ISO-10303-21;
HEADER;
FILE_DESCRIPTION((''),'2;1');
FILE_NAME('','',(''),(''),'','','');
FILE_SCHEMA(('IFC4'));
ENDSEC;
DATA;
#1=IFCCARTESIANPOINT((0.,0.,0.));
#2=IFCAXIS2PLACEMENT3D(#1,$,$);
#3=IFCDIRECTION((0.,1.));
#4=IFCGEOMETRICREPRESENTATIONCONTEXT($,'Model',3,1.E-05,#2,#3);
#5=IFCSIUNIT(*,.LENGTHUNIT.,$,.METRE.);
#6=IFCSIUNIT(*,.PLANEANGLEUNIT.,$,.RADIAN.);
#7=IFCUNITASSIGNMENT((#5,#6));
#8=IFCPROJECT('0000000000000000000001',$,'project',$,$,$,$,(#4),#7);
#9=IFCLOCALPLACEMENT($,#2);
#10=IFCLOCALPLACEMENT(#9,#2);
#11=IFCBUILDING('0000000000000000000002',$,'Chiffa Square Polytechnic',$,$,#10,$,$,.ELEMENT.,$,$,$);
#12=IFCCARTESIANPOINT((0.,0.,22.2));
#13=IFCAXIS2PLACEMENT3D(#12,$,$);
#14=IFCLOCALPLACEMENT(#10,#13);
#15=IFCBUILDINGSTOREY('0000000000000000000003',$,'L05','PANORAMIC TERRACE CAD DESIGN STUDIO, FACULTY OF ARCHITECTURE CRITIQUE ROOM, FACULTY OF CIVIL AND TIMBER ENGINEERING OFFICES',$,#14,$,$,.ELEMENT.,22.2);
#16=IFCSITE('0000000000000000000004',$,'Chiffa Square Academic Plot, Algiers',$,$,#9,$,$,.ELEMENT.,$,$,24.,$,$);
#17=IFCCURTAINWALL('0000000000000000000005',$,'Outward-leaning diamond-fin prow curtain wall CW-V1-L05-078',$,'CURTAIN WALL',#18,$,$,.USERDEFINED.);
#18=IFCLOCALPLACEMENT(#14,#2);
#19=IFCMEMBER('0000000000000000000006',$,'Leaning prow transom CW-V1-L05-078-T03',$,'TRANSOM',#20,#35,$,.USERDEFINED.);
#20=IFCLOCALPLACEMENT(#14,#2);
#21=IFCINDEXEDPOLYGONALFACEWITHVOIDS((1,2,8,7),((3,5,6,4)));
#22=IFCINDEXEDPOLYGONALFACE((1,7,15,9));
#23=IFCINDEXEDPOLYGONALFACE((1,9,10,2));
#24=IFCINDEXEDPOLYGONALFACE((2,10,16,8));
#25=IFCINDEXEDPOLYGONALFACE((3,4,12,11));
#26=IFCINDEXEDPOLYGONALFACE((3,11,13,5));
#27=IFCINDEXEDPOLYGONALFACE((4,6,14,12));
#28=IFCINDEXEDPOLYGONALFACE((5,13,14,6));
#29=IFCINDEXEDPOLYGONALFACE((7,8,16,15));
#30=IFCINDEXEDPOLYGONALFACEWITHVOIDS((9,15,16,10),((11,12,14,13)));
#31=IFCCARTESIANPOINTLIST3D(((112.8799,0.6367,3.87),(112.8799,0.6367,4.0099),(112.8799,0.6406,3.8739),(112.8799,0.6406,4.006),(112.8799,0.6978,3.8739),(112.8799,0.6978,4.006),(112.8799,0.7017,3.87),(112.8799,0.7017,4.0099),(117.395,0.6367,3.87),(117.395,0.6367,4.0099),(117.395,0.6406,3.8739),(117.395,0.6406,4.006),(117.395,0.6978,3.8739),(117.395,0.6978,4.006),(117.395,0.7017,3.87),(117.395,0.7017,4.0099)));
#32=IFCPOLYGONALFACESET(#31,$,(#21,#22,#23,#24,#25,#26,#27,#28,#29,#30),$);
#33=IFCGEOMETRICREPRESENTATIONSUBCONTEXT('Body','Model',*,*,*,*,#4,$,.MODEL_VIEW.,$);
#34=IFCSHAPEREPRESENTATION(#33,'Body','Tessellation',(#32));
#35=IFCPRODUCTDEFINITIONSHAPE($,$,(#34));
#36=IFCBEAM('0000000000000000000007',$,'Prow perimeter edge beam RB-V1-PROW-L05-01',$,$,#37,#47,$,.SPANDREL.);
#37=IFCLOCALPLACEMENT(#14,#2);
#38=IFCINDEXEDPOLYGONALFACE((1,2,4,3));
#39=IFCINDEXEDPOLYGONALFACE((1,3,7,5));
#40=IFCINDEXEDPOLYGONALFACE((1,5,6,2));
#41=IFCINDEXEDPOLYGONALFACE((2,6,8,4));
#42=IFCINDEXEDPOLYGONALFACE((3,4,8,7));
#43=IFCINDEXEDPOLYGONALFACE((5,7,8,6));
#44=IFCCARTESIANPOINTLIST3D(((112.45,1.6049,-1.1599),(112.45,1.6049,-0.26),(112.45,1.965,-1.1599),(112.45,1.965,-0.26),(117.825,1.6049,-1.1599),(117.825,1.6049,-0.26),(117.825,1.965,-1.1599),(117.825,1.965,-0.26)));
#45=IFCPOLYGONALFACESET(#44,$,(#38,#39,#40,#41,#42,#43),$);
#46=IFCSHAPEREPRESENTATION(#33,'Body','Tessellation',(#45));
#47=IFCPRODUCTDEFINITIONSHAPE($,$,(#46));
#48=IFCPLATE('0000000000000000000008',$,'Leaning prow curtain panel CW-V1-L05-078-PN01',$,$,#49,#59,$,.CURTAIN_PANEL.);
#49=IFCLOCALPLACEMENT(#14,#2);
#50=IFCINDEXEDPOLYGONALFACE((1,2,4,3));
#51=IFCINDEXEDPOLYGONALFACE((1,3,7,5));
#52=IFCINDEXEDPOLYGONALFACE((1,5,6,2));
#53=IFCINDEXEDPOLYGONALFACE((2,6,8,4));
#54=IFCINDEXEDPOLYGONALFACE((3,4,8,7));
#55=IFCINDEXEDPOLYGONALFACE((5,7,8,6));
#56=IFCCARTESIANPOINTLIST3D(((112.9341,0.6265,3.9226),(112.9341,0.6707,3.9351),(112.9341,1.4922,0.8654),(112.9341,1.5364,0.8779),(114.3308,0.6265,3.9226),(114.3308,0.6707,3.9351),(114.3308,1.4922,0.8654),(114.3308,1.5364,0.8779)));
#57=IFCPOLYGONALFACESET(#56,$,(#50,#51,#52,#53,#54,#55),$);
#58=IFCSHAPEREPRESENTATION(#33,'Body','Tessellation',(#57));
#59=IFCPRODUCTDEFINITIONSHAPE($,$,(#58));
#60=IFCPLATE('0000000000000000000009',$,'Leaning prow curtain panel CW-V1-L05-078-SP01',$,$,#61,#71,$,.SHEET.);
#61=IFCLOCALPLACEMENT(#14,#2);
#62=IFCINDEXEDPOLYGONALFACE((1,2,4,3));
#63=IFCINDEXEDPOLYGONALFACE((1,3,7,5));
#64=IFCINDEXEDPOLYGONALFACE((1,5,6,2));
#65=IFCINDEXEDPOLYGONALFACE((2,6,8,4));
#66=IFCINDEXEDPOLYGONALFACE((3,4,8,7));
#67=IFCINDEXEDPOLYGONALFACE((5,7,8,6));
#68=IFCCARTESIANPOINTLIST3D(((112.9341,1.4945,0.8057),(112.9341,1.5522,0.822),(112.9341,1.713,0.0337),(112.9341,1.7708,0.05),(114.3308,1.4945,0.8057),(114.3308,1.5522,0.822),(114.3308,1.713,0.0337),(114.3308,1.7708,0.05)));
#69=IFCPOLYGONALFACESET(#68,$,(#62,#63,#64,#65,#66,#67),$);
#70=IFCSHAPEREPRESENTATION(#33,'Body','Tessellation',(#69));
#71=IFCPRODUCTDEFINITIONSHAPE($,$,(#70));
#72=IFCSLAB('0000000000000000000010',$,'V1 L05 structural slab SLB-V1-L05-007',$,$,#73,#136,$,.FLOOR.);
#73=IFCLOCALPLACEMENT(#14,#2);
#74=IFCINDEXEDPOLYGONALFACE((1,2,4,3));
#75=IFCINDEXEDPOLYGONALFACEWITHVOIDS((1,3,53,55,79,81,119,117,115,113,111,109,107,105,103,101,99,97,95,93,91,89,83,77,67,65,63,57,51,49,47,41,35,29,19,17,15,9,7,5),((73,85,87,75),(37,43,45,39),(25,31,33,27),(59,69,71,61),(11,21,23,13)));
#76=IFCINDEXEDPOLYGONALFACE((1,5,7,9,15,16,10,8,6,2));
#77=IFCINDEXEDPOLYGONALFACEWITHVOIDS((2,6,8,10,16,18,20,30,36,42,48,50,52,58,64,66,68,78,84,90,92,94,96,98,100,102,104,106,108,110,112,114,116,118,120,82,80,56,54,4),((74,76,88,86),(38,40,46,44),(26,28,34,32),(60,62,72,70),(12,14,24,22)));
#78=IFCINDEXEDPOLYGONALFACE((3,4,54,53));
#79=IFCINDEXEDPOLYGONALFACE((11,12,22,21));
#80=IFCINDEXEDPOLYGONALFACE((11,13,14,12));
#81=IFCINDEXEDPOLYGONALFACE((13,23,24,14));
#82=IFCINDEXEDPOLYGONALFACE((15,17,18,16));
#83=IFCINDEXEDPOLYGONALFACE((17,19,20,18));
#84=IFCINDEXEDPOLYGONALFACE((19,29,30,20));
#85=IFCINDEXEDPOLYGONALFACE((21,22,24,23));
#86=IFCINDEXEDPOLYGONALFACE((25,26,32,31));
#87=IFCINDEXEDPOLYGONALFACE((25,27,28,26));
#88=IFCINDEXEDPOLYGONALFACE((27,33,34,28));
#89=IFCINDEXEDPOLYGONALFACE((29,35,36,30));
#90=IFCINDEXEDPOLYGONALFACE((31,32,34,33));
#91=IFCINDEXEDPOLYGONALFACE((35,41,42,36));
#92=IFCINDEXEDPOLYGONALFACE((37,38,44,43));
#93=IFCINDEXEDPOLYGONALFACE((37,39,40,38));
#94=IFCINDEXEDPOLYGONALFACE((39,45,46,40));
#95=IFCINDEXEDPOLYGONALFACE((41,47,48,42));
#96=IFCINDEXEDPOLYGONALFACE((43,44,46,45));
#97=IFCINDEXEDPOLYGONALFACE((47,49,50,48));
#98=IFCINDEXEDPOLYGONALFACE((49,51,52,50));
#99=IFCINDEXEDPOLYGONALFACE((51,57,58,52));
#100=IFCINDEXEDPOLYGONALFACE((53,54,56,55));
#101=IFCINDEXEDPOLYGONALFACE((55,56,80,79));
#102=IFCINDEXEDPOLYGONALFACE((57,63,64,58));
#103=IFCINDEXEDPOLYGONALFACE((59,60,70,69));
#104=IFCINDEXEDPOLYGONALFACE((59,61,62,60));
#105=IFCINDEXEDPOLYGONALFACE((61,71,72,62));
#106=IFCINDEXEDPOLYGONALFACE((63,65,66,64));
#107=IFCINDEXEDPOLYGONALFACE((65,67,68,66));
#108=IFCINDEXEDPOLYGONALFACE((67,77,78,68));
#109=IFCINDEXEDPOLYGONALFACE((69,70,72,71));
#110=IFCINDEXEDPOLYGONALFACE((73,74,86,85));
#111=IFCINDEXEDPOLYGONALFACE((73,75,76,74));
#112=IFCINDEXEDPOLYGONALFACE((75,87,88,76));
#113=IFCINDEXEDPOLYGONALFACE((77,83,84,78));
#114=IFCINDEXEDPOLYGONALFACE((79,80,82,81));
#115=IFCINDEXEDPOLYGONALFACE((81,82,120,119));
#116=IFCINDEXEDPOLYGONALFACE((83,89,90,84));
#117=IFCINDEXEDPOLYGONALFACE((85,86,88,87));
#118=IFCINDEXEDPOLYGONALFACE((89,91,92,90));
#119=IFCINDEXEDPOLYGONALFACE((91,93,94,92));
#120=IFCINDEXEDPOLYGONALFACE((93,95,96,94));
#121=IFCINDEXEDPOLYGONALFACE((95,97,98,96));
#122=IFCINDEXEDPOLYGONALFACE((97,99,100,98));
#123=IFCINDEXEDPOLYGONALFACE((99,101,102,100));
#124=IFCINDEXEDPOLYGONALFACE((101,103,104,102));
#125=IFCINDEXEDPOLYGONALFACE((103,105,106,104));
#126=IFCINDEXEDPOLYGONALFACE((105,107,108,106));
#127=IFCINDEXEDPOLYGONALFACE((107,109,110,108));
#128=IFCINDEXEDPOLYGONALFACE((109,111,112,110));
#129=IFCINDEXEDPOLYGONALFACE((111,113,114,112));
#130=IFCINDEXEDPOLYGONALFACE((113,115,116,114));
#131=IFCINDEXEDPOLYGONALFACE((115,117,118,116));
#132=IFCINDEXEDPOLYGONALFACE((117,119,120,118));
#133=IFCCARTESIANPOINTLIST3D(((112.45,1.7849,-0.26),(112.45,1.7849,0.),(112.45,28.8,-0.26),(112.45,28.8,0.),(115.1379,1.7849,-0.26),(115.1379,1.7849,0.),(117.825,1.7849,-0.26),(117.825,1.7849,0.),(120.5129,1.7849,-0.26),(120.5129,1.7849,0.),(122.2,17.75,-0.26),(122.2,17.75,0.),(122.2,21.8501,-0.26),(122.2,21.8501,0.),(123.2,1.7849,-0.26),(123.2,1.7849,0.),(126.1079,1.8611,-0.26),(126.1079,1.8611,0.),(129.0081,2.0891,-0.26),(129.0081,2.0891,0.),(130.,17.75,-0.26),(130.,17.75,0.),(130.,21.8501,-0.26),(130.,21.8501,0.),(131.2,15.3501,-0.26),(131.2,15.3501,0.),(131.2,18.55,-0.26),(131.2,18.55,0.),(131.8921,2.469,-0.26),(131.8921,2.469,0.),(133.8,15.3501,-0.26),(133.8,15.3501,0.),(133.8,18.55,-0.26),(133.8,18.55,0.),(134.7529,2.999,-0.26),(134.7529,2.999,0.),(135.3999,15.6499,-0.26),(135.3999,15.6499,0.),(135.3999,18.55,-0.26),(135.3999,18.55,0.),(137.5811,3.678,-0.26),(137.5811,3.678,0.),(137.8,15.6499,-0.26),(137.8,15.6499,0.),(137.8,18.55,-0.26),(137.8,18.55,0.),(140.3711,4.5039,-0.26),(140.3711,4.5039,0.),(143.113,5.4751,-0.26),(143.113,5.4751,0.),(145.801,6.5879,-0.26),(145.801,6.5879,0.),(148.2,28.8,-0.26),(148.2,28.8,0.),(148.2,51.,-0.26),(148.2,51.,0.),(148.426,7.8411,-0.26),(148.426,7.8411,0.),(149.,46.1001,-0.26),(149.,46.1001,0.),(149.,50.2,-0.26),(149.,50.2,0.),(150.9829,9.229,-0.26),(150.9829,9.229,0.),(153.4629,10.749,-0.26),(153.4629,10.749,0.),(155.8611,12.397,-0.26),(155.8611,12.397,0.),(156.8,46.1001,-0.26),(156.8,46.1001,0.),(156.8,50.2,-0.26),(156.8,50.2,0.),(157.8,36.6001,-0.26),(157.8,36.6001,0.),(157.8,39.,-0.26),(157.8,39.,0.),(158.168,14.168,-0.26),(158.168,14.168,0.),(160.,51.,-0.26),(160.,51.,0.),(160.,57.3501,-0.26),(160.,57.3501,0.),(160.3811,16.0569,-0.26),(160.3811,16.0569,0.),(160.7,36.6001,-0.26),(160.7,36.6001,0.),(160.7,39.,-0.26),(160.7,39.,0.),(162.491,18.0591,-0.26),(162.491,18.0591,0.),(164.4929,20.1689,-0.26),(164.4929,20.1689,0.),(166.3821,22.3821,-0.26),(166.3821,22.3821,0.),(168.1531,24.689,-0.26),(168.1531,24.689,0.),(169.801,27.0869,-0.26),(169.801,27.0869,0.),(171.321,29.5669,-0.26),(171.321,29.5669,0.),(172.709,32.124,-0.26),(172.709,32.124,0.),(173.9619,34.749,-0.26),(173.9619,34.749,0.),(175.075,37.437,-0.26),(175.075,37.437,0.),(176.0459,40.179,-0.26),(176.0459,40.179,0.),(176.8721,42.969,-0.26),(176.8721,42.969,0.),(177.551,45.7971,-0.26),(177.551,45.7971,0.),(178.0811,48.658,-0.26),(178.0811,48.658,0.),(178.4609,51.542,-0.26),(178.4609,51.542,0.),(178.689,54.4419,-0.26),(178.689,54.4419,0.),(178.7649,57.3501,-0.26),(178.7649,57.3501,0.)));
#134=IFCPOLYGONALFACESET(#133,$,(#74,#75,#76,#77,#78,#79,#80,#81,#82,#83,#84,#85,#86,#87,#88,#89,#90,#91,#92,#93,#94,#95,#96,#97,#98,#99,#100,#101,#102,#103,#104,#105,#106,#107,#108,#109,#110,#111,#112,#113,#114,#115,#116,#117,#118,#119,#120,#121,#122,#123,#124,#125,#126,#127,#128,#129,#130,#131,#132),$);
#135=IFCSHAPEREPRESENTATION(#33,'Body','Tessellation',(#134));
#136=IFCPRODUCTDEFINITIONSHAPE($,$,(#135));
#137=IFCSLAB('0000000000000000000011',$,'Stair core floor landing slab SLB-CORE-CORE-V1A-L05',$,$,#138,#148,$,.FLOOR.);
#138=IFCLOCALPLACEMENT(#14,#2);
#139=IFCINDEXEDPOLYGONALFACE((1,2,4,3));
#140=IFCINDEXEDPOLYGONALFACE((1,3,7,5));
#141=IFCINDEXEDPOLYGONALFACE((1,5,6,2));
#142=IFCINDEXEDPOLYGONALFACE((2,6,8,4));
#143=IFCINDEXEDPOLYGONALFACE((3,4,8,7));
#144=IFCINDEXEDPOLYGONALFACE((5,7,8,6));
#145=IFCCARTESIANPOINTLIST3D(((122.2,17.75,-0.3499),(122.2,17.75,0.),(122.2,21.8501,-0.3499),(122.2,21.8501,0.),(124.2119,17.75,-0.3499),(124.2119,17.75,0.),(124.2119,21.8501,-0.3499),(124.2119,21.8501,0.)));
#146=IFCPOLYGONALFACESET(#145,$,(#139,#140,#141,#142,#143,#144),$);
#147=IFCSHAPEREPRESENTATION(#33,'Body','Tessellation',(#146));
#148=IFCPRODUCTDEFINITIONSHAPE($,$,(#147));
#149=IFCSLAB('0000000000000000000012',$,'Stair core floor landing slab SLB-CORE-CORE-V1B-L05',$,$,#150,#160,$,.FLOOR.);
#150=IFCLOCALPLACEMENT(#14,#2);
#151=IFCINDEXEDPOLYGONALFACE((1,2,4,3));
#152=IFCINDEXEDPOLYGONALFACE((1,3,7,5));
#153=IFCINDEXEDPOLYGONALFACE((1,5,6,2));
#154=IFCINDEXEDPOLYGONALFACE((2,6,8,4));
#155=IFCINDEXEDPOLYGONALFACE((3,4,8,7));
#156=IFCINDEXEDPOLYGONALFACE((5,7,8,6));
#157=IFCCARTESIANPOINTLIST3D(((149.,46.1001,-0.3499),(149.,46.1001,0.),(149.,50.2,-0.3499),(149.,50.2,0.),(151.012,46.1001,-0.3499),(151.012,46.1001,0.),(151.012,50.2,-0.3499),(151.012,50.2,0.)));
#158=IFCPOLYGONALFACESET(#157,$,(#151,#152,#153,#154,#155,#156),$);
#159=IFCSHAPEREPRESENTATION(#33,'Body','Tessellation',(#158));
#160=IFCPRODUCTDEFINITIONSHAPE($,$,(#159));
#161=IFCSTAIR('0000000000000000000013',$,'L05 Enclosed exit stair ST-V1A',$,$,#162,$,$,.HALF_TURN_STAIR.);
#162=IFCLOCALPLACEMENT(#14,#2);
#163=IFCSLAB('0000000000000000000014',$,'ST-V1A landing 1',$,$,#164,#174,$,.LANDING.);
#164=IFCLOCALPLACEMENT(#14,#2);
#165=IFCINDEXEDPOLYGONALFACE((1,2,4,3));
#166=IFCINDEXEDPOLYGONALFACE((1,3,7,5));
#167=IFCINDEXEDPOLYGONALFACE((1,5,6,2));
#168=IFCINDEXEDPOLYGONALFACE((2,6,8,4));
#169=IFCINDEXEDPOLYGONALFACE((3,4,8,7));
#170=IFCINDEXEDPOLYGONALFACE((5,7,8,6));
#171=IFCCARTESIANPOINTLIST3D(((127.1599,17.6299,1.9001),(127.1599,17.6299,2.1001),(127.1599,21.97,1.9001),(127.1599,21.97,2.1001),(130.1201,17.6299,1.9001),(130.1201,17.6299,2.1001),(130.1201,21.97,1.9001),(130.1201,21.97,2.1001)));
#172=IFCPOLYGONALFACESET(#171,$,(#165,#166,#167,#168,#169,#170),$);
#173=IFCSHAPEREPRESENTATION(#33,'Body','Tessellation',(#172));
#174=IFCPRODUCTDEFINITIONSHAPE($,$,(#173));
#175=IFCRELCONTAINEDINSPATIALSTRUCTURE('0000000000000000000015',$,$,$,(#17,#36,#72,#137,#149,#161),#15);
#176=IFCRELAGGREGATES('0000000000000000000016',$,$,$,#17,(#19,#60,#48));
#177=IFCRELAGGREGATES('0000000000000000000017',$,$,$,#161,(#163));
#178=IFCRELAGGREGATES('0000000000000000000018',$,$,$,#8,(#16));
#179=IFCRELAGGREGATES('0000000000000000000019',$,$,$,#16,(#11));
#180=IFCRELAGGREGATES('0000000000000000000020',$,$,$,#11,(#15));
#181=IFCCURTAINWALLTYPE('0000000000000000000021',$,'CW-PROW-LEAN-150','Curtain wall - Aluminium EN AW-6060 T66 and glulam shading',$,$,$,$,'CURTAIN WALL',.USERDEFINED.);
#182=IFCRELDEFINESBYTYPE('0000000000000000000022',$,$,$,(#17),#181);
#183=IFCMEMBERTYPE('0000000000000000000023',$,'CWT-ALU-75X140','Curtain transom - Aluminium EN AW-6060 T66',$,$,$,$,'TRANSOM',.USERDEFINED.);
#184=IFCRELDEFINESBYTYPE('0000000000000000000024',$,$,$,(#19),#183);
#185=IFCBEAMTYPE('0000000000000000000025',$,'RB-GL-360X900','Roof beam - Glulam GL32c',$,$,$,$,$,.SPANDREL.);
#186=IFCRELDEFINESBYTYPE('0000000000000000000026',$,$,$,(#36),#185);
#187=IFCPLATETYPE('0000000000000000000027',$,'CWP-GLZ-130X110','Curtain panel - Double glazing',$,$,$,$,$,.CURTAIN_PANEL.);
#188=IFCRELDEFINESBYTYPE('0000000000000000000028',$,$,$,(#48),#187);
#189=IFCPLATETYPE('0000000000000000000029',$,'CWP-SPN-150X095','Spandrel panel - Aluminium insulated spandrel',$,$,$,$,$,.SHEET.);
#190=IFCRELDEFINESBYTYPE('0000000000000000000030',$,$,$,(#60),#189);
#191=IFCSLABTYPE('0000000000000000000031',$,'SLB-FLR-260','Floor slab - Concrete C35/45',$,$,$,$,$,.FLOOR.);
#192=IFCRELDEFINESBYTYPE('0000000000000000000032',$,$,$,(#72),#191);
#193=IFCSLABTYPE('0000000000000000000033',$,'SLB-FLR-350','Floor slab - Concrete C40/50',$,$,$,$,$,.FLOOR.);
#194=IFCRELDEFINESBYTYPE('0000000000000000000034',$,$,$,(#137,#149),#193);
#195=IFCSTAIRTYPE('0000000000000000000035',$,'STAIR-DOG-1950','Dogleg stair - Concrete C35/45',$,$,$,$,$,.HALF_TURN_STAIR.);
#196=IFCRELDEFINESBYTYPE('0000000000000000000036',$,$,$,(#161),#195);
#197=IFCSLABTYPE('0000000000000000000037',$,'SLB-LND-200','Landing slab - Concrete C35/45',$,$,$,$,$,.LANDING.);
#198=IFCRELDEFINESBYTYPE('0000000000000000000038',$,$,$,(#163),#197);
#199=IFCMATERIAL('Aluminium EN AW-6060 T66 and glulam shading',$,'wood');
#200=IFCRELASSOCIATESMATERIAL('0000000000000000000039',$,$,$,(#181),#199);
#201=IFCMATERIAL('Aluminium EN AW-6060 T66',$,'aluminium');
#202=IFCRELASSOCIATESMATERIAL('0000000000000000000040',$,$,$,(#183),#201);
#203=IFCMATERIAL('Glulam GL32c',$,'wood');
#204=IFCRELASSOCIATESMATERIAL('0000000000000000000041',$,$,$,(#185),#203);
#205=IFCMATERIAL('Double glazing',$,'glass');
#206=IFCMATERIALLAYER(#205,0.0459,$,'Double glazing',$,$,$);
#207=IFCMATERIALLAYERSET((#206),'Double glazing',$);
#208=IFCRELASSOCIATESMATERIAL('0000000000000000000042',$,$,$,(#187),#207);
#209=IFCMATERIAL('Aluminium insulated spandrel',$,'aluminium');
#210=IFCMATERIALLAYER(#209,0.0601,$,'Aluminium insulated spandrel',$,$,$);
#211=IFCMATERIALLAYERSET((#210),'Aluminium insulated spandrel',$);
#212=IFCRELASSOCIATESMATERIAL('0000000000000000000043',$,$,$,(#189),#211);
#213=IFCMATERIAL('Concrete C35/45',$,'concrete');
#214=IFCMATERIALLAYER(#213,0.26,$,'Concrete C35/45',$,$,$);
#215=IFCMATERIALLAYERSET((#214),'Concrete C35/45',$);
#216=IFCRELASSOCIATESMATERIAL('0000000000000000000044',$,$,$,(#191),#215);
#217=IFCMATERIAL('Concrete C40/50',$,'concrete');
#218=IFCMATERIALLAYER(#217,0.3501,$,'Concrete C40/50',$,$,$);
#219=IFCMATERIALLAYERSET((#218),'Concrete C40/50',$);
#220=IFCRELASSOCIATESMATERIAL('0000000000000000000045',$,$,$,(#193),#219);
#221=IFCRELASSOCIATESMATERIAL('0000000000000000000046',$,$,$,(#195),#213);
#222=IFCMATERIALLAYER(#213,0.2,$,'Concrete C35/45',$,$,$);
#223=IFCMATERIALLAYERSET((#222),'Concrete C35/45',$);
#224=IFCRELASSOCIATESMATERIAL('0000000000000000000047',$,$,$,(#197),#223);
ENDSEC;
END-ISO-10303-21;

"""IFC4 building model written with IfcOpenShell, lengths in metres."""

from ifc_helpers import new_model, si_unit, direction, frame, origin, origin_2d, place, context, subcontext, project, spatial, polyline, rectangle, hollow_rectangle, outline, extrude, material, layer, layer_set, material_profile, profile_set, type_object, element, aggregate, save


model = new_model("IFC4")

# Units and contexts
model_context = context("Model", 3, precision=1e-05, world=origin(), true_north=direction((0.0, 1.0)))
body_context = subcontext(model_context, "Body", "Model", "MODEL_VIEW")
ifc_project = project(units=[si_unit("LENGTHUNIT", "METRE"), si_unit("PLANEANGLEUNIT", "RADIAN")], contexts=[model_context])

# Site, building, storey
site_placement = place(None, origin())
site = spatial("IfcSite", under=ifc_project, at=site_placement, Name="Chiffa Square Academic Plot, Algiers", CompositionType="ELEMENT", RefElevation=24.0)
building_placement = place(site_placement, origin())
building = spatial("IfcBuilding", under=site, at=building_placement, Name="Chiffa Square Polytechnic", CompositionType="ELEMENT")
storey_placement = place(building_placement, frame((0.0, 0.0, 22.2)))
storey = spatial("IfcBuildingStorey", under=building, at=storey_placement, Name="L05", Description="PANORAMIC TERRACE CAD DESIGN STUDIO, FACULTY OF ARCHITECTURE CRITIQUE ROOM, FACULTY OF CIVIL AND TIMBER ENGINEERING OFFICES", CompositionType="ELEMENT", Elevation=22.2)

# Shared definitions
ifc_material_1 = material(Name="Glulam GL32c", Category="wood")

# Curtain wall, member
ifc_material_2 = material(Name="Aluminium EN AW-6060 T66 and glulam shading", Category="wood")
curtain_wall_type = type_object("IfcCurtainWallType", Name="CW-PROW-LEAN-150", Description="Curtain wall - Aluminium EN AW-6060 T66 and glulam shading", ElementType="CURTAIN WALL", PredefinedType="USERDEFINED", material=ifc_material_2)
curtain_wall_placement = place(storey_placement, origin())
curtain_wall = element("IfcCurtainWall", 1, at=curtain_wall_placement, inside=storey, type_object=curtain_wall_type, Name="Outward-leaning diamond-fin prow curtain wall CW-V1-L05-078", ObjectType="CURTAIN WALL", PredefinedType="USERDEFINED")
ifc_material_3 = material(Name="Aluminium EN AW-6060 T66", Category="aluminium")
ifc_material_profile_1 = material_profile(ifc_material_3, hollow_rectangle(XDim=0.0649, YDim=0.1399, WallThickness=0.0039, at=origin_2d()), Name="ALU 65x140x4")
ifc_profile_set_1 = profile_set([ifc_material_profile_1], Name="Aluminium EN AW-6060 T66")
member_type_1 = type_object("IfcMemberType", Name="CWT-ALU-75X140", Description="Curtain transom - Aluminium EN AW-6060 T66", ElementType="TRANSOM", PredefinedType="USERDEFINED", material=ifc_profile_set_1)
member_1_placement = place(storey_placement, frame((112.8799, 0.6692, 3.9399), z_axis=(1.0, 0.0, 0.0), x_axis=(0.0, 1.0, 0.0)))
member_1 = element("IfcMember", 2, at=member_1_placement, type_object=member_type_1, Name="Leaning prow transom CW-V1-L05-078-T03", ObjectType="TRANSOM", PredefinedType="USERDEFINED", context=body_context, shape_type="SweptSolid", body=[
    extrude(hollow_rectangle(XDim=0.0649, YDim=0.1399, WallThickness=0.0039, at=origin_2d()), origin(), (0.0, 0.0, 1.0), 4.5151),
])

# Beam
ifc_material_profile_2 = material_profile(ifc_material_1, rectangle(XDim=0.3601, YDim=0.8999, at=origin_2d()), Name="GL32c 360x900")
ifc_profile_set_2 = profile_set([ifc_material_profile_2], Name="Glulam GL32c")
beam_type_1 = type_object("IfcBeamType", Name="RB-GL-360X900", Description="Roof beam - Glulam GL32c", PredefinedType="SPANDREL", material=ifc_profile_set_2)
beam_1_placement = place(storey_placement, frame((112.45, 1.7849, -0.71), z_axis=(1.0, 0.0, 0.0), x_axis=(0.0, 1.0, 0.0)))
element("IfcBeam", 3, at=beam_1_placement, inside=storey, type_object=beam_type_1, Name="Prow perimeter edge beam RB-V1-PROW-L05-01", PredefinedType="SPANDREL", context=body_context, shape_type="SweptSolid", body=[
    extrude(rectangle(XDim=0.3601, YDim=0.8999, at=origin_2d()), origin(), (0.0, 0.0, 1.0), 5.375),
])

# Plates
ifc_material_4 = material(Name="Double glazing", Category="glass")
ifc_layer_1 = layer(ifc_material_4, 0.0459, Name="Double glazing")
ifc_layer_set_1 = layer_set([ifc_layer_1], Name="Double glazing")
plate_type_1 = type_object("IfcPlateType", Name="CWP-GLZ-130X110", Description="Curtain panel - Double glazing", PredefinedType="CURTAIN_PANEL", material=ifc_layer_set_1)
plate_1_placement = place(storey_placement, frame((112.9341, 1.5364, 0.8779), z_axis=(0.0, 0.962165, 0.272467), x_axis=(1.0, 0.0, 0.0)))
plate_1 = element("IfcPlate", 4, at=plate_1_placement, type_object=plate_type_1, Name="Leaning prow curtain panel CW-V1-L05-078-PN01", PredefinedType="CURTAIN_PANEL", context=body_context, shape_type="SweptSolid", body=[
    extrude(outline(polyline([(0.0, 0.0), (1.3967, 0.0), (1.3967, -3.1773), (0.0, -3.1773), (0.0, 0.0)])), origin(), (0.0, 0.0, -1.0), 0.0459),
])
ifc_material_5 = material(Name="Aluminium insulated spandrel", Category="aluminium")
ifc_layer_2 = layer(ifc_material_5, 0.0601, Name="Aluminium insulated spandrel")
ifc_layer_set_2 = layer_set([ifc_layer_2], Name="Aluminium insulated spandrel")
plate_type_2 = type_object("IfcPlateType", Name="CWP-SPN-150X095", Description="Spandrel panel - Aluminium insulated spandrel", PredefinedType="SHEET", material=ifc_layer_set_2)
plate_2_placement = place(storey_placement, frame((112.9341, 1.7708, 0.05), z_axis=(0.0, 0.962199, 0.272349), x_axis=(1.0, 0.0, 0.0)))
plate_2 = element("IfcPlate", 5, at=plate_2_placement, type_object=plate_type_2, Name="Leaning prow curtain panel CW-V1-L05-078-SP01", PredefinedType="SHEET", context=body_context, shape_type="SweptSolid", body=[
    extrude(outline(polyline([(0.0, 0.0), (1.3967, 0.0), (1.3967, -0.8023), (0.0, -0.8023), (0.0, 0.0)])), origin(), (0.0, 0.0, -1.0), 0.0601),
])
aggregate(curtain_wall, [member_1, plate_2, plate_1])

# Slabs
ifc_material_6 = material(Name="Concrete C35/45", Category="concrete")
ifc_layer_3 = layer(ifc_material_6, 0.26, Name="Concrete C35/45")
ifc_layer_set_3 = layer_set([ifc_layer_3], Name="Concrete C35/45")
slab_type_1 = type_object("IfcSlabType", Name="SLB-FLR-260", Description="Floor slab - Concrete C35/45", PredefinedType="FLOOR", material=ifc_layer_set_3)
slab_1_placement = place(storey_placement, frame((0.0, 0.0, -0.26)))
element("IfcSlab", 6, at=slab_1_placement, inside=storey, type_object=slab_type_1, Name="V1 L05 structural slab SLB-V1-L05-007", PredefinedType="FLOOR", context=body_context, shape_type="SweptSolid", body=[
    extrude(outline(polyline([(112.45, 28.8), (148.2, 28.8), (148.2, 51.0), (160.0, 51.0), (160.0, 57.3501), (178.7649, 57.3501), (178.689, 54.4419), (178.4609, 51.542), (178.0811, 48.658), (177.551, 45.7971), (176.8721, 42.969), (176.0459, 40.179), (175.075, 37.437), (173.9619, 34.749), (172.709, 32.124), (171.321, 29.5669), (169.801, 27.0869), (168.1531, 24.689), (166.3821, 22.3821), (164.4929, 20.1689), (162.491, 18.0591), (160.3811, 16.0569), (158.168, 14.168), (155.8611, 12.397), (153.4629, 10.749), (150.9829, 9.229), (148.426, 7.8411), (145.801, 6.5879), (143.113, 5.4751), (140.3711, 4.5039), (137.5811, 3.678), (134.7529, 2.999), (131.8921, 2.469), (129.0081, 2.0891), (126.1079, 1.8611), (123.2, 1.7849), (120.5129, 1.7849), (117.825, 1.7849), (115.1379, 1.7849), (112.45, 1.7849), (112.45, 28.8)]), holes=[polyline([(122.2, 21.8501), (130.0, 21.8501), (130.0, 17.75), (122.2, 17.75), (122.2, 21.8501)]), polyline([(149.0, 50.2), (156.8, 50.2), (156.8, 46.1001), (149.0, 46.1001), (149.0, 50.2)]), polyline([(131.2, 18.55), (133.8, 18.55), (133.8, 15.3501), (131.2, 15.3501), (131.2, 18.55)]), polyline([(135.3999, 18.55), (137.8, 18.55), (137.8, 15.6499), (135.3999, 15.6499), (135.3999, 18.55)]), polyline([(157.8, 39.0), (160.7, 39.0), (160.7, 36.6001), (157.8, 36.6001), (157.8, 39.0)])]), origin(), (0.0, 0.0, 1.0), 0.26),
])
ifc_material_7 = material(Name="Concrete C40/50", Category="concrete")
ifc_layer_4 = layer(ifc_material_7, 0.3501, Name="Concrete C40/50")
ifc_layer_set_4 = layer_set([ifc_layer_4], Name="Concrete C40/50")
slab_type_2 = type_object("IfcSlabType", Name="SLB-FLR-350", Description="Floor slab - Concrete C40/50", PredefinedType="FLOOR", material=ifc_layer_set_4)
slab_2_placement = place(storey_placement, frame((0.0, 0.0, -0.3499)))
element("IfcSlab", 7, at=slab_2_placement, inside=storey, type_object=slab_type_2, Name="Stair core floor landing slab SLB-CORE-CORE-V1A-L05", PredefinedType="FLOOR", context=body_context, shape_type="SweptSolid", body=[
    extrude(outline(polyline([(122.2, 17.75), (124.2119, 17.75), (124.2119, 21.8501), (122.2, 21.8501), (122.2, 17.75)])), origin(), (0.0, 0.0, 1.0), 0.3499),
])
slab_3_placement = place(storey_placement, frame((0.0, 0.0, -0.3499)))
element("IfcSlab", 8, at=slab_3_placement, inside=storey, type_object=slab_type_2, Name="Stair core floor landing slab SLB-CORE-CORE-V1B-L05", PredefinedType="FLOOR", context=body_context, shape_type="SweptSolid", body=[
    extrude(outline(polyline([(149.0, 46.1001), (151.012, 46.1001), (151.012, 50.2), (149.0, 50.2), (149.0, 46.1001)])), origin(), (0.0, 0.0, 1.0), 0.3499),
])

# Stair, slab
stair_type = type_object("IfcStairType", Name="STAIR-DOG-1950", Description="Dogleg stair - Concrete C35/45", PredefinedType="HALF_TURN_STAIR", material=ifc_material_6)
stair_1_placement = place(storey_placement, origin())
stair_1 = element("IfcStair", 9, at=stair_1_placement, inside=storey, type_object=stair_type, Name="L05 Enclosed exit stair ST-V1A", PredefinedType="HALF_TURN_STAIR")
ifc_layer_5 = layer(ifc_material_6, 0.2, Name="Concrete C35/45")
ifc_layer_set_5 = layer_set([ifc_layer_5], Name="Concrete C35/45")
slab_type_3 = type_object("IfcSlabType", Name="SLB-LND-200", Description="Landing slab - Concrete C35/45", PredefinedType="LANDING", material=ifc_layer_set_5)
slab_4_placement = place(storey_placement, frame((0.0, 0.0, 1.9001)))
slab_4 = element("IfcSlab", 10, at=slab_4_placement, type_object=slab_type_3, Name="ST-V1A landing 1", PredefinedType="LANDING", context=body_context, shape_type="SweptSolid", body=[
    extrude(outline(polyline([(127.1599, 17.6299), (127.1599, 21.97), (130.1201, 21.97), (130.1201, 17.6299), (127.1599, 17.6299)])), origin(), (0.0, 0.0, 1.0), 0.2),
])
aggregate(stair_1, [slab_4])

save(model, "model.ifc")
